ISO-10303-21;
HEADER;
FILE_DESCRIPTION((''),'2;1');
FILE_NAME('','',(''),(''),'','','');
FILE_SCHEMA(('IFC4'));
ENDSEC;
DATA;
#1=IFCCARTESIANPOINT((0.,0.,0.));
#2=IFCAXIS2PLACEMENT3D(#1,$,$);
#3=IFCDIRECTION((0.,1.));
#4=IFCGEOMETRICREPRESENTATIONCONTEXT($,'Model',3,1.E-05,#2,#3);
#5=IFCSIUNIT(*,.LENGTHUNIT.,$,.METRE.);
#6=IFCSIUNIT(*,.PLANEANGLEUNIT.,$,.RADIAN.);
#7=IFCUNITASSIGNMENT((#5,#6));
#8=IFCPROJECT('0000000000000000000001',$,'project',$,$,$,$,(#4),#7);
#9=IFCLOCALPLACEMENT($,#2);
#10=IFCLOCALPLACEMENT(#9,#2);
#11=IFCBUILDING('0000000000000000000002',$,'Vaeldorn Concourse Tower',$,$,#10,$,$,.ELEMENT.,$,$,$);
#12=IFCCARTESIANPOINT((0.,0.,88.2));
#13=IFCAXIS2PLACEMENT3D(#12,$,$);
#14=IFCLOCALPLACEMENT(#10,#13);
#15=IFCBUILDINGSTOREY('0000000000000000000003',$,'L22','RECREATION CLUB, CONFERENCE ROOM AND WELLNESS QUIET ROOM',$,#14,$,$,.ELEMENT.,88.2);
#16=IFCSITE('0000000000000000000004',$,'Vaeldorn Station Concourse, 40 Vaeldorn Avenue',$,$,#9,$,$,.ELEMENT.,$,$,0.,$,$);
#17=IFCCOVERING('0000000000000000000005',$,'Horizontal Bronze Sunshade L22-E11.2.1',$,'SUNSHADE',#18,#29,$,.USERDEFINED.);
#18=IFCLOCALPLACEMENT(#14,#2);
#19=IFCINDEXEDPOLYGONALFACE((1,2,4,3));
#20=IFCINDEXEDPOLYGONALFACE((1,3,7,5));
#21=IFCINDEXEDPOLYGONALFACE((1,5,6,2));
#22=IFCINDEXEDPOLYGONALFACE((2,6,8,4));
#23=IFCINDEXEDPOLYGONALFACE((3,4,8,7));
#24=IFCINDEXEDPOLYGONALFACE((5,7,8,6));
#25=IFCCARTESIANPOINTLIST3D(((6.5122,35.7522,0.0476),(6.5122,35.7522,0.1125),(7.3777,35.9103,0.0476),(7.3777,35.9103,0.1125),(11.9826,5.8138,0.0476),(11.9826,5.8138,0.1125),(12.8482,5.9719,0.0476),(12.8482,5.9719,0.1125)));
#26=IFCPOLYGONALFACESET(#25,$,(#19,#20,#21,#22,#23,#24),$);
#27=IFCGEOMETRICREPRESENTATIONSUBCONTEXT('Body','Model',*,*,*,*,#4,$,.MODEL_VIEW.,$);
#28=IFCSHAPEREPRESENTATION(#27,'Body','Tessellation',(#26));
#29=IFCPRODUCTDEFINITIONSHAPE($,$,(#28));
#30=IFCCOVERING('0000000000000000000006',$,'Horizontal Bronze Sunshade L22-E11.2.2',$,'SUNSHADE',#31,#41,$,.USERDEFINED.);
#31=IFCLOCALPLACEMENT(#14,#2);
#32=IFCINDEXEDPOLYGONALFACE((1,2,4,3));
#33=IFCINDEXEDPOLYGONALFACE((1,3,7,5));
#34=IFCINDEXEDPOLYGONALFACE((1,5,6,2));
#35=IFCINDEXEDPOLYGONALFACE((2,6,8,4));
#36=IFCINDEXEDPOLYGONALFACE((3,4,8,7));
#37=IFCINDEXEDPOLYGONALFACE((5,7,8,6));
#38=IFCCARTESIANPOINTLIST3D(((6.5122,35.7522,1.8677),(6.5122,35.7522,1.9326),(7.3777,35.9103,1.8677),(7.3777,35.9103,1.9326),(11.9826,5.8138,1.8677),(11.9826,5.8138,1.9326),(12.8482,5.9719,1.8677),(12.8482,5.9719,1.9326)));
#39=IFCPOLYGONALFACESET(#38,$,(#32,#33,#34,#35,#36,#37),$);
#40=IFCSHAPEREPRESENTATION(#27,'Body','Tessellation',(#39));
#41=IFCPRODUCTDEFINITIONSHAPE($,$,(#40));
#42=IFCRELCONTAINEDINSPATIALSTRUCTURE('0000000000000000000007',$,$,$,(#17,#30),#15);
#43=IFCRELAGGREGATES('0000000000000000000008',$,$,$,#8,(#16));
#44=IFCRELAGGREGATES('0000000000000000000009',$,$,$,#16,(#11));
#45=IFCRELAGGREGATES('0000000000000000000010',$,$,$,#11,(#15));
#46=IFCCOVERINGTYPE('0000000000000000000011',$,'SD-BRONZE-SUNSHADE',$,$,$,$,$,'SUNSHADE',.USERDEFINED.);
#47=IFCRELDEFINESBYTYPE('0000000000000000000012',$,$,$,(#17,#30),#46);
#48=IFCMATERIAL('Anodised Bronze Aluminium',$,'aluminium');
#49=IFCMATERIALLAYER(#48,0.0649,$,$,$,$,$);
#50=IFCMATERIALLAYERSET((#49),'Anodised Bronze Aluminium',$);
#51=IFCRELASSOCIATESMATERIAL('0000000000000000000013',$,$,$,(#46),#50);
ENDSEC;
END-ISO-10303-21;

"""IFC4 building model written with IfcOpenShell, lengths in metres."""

from ifc_helpers import new_model, si_unit, direction, frame, origin, origin_2d, place, context, subcontext, project, spatial, rectangle, extrude, source, transform, mapped, material, layer, layer_set, type_object, element, save


model = new_model("IFC4")

# Units and contexts
model_context = context("Model", 3, precision=1e-05, world=origin(), true_north=direction((0.0, 1.0)))
body_context = subcontext(model_context, "Body", "Model", "MODEL_VIEW")
ifc_project = project(units=[si_unit("LENGTHUNIT", "METRE"), si_unit("PLANEANGLEUNIT", "RADIAN")], contexts=[model_context])

# Site, building, storey
site_placement = place(None, origin())
site = spatial("IfcSite", under=ifc_project, at=site_placement, Name="Vaeldorn Station Concourse, 40 Vaeldorn Avenue", CompositionType="ELEMENT", RefElevation=0.0)
building_placement = place(site_placement, origin())
building = spatial("IfcBuilding", under=site, at=building_placement, Name="Vaeldorn Concourse Tower", CompositionType="ELEMENT")
storey_placement = place(building_placement, frame((0.0, 0.0, 88.2)))
storey = spatial("IfcBuildingStorey", under=building, at=storey_placement, Name="L22", Description="RECREATION CLUB, CONFERENCE ROOM AND WELLNESS QUIET ROOM", CompositionType="ELEMENT", Elevation=88.2)

# Shared definitions
ifc_material_1 = material(Name="Anodised Bronze Aluminium", Category="aluminium")

# Coverings
ifc_layer_1 = layer(ifc_material_1, 0.0649)
ifc_layer_set_1 = layer_set([ifc_layer_1], Name="Anodised Bronze Aluminium")
covering_type = type_object("IfcCoveringType", Name="SD-BRONZE-SUNSHADE", ElementType="SUNSHADE", PredefinedType="USERDEFINED", material=ifc_layer_set_1)
shared_shape_1 = source(origin(), body_context, "Body", "SweptSolid", [
    extrude(rectangle(XDim=30.4341, YDim=0.8799, at=origin_2d()), origin(), (0.0, 0.0, 1.0), 0.0649),
])
for number, where, z_axis, x_axis, name in (
    (1, (9.6802, 20.8621, 0.0476), (0.0, 0.0, 1.0), (0.179747, -0.983713, 0.0), "Horizontal Bronze Sunshade L22-E11.2.1"),
    (2, (9.6802, 20.8621, 1.8677), (0.0, 0.0, 1.0), (0.179747, -0.983713, 0.0), "Horizontal Bronze Sunshade L22-E11.2.2"),
):
    element("IfcCovering", number, at=place(storey_placement, frame(where, z_axis=z_axis, x_axis=x_axis)), inside=storey, type_object=covering_type, Name=name, ObjectType="SUNSHADE", PredefinedType="USERDEFINED", context=body_context, shape_type="MappedRepresentation", body=[
        mapped(shared_shape_1, transform((0.0, 0.0, 0.0), scale=1.0)),
    ])

save(model, "model.ifc")
